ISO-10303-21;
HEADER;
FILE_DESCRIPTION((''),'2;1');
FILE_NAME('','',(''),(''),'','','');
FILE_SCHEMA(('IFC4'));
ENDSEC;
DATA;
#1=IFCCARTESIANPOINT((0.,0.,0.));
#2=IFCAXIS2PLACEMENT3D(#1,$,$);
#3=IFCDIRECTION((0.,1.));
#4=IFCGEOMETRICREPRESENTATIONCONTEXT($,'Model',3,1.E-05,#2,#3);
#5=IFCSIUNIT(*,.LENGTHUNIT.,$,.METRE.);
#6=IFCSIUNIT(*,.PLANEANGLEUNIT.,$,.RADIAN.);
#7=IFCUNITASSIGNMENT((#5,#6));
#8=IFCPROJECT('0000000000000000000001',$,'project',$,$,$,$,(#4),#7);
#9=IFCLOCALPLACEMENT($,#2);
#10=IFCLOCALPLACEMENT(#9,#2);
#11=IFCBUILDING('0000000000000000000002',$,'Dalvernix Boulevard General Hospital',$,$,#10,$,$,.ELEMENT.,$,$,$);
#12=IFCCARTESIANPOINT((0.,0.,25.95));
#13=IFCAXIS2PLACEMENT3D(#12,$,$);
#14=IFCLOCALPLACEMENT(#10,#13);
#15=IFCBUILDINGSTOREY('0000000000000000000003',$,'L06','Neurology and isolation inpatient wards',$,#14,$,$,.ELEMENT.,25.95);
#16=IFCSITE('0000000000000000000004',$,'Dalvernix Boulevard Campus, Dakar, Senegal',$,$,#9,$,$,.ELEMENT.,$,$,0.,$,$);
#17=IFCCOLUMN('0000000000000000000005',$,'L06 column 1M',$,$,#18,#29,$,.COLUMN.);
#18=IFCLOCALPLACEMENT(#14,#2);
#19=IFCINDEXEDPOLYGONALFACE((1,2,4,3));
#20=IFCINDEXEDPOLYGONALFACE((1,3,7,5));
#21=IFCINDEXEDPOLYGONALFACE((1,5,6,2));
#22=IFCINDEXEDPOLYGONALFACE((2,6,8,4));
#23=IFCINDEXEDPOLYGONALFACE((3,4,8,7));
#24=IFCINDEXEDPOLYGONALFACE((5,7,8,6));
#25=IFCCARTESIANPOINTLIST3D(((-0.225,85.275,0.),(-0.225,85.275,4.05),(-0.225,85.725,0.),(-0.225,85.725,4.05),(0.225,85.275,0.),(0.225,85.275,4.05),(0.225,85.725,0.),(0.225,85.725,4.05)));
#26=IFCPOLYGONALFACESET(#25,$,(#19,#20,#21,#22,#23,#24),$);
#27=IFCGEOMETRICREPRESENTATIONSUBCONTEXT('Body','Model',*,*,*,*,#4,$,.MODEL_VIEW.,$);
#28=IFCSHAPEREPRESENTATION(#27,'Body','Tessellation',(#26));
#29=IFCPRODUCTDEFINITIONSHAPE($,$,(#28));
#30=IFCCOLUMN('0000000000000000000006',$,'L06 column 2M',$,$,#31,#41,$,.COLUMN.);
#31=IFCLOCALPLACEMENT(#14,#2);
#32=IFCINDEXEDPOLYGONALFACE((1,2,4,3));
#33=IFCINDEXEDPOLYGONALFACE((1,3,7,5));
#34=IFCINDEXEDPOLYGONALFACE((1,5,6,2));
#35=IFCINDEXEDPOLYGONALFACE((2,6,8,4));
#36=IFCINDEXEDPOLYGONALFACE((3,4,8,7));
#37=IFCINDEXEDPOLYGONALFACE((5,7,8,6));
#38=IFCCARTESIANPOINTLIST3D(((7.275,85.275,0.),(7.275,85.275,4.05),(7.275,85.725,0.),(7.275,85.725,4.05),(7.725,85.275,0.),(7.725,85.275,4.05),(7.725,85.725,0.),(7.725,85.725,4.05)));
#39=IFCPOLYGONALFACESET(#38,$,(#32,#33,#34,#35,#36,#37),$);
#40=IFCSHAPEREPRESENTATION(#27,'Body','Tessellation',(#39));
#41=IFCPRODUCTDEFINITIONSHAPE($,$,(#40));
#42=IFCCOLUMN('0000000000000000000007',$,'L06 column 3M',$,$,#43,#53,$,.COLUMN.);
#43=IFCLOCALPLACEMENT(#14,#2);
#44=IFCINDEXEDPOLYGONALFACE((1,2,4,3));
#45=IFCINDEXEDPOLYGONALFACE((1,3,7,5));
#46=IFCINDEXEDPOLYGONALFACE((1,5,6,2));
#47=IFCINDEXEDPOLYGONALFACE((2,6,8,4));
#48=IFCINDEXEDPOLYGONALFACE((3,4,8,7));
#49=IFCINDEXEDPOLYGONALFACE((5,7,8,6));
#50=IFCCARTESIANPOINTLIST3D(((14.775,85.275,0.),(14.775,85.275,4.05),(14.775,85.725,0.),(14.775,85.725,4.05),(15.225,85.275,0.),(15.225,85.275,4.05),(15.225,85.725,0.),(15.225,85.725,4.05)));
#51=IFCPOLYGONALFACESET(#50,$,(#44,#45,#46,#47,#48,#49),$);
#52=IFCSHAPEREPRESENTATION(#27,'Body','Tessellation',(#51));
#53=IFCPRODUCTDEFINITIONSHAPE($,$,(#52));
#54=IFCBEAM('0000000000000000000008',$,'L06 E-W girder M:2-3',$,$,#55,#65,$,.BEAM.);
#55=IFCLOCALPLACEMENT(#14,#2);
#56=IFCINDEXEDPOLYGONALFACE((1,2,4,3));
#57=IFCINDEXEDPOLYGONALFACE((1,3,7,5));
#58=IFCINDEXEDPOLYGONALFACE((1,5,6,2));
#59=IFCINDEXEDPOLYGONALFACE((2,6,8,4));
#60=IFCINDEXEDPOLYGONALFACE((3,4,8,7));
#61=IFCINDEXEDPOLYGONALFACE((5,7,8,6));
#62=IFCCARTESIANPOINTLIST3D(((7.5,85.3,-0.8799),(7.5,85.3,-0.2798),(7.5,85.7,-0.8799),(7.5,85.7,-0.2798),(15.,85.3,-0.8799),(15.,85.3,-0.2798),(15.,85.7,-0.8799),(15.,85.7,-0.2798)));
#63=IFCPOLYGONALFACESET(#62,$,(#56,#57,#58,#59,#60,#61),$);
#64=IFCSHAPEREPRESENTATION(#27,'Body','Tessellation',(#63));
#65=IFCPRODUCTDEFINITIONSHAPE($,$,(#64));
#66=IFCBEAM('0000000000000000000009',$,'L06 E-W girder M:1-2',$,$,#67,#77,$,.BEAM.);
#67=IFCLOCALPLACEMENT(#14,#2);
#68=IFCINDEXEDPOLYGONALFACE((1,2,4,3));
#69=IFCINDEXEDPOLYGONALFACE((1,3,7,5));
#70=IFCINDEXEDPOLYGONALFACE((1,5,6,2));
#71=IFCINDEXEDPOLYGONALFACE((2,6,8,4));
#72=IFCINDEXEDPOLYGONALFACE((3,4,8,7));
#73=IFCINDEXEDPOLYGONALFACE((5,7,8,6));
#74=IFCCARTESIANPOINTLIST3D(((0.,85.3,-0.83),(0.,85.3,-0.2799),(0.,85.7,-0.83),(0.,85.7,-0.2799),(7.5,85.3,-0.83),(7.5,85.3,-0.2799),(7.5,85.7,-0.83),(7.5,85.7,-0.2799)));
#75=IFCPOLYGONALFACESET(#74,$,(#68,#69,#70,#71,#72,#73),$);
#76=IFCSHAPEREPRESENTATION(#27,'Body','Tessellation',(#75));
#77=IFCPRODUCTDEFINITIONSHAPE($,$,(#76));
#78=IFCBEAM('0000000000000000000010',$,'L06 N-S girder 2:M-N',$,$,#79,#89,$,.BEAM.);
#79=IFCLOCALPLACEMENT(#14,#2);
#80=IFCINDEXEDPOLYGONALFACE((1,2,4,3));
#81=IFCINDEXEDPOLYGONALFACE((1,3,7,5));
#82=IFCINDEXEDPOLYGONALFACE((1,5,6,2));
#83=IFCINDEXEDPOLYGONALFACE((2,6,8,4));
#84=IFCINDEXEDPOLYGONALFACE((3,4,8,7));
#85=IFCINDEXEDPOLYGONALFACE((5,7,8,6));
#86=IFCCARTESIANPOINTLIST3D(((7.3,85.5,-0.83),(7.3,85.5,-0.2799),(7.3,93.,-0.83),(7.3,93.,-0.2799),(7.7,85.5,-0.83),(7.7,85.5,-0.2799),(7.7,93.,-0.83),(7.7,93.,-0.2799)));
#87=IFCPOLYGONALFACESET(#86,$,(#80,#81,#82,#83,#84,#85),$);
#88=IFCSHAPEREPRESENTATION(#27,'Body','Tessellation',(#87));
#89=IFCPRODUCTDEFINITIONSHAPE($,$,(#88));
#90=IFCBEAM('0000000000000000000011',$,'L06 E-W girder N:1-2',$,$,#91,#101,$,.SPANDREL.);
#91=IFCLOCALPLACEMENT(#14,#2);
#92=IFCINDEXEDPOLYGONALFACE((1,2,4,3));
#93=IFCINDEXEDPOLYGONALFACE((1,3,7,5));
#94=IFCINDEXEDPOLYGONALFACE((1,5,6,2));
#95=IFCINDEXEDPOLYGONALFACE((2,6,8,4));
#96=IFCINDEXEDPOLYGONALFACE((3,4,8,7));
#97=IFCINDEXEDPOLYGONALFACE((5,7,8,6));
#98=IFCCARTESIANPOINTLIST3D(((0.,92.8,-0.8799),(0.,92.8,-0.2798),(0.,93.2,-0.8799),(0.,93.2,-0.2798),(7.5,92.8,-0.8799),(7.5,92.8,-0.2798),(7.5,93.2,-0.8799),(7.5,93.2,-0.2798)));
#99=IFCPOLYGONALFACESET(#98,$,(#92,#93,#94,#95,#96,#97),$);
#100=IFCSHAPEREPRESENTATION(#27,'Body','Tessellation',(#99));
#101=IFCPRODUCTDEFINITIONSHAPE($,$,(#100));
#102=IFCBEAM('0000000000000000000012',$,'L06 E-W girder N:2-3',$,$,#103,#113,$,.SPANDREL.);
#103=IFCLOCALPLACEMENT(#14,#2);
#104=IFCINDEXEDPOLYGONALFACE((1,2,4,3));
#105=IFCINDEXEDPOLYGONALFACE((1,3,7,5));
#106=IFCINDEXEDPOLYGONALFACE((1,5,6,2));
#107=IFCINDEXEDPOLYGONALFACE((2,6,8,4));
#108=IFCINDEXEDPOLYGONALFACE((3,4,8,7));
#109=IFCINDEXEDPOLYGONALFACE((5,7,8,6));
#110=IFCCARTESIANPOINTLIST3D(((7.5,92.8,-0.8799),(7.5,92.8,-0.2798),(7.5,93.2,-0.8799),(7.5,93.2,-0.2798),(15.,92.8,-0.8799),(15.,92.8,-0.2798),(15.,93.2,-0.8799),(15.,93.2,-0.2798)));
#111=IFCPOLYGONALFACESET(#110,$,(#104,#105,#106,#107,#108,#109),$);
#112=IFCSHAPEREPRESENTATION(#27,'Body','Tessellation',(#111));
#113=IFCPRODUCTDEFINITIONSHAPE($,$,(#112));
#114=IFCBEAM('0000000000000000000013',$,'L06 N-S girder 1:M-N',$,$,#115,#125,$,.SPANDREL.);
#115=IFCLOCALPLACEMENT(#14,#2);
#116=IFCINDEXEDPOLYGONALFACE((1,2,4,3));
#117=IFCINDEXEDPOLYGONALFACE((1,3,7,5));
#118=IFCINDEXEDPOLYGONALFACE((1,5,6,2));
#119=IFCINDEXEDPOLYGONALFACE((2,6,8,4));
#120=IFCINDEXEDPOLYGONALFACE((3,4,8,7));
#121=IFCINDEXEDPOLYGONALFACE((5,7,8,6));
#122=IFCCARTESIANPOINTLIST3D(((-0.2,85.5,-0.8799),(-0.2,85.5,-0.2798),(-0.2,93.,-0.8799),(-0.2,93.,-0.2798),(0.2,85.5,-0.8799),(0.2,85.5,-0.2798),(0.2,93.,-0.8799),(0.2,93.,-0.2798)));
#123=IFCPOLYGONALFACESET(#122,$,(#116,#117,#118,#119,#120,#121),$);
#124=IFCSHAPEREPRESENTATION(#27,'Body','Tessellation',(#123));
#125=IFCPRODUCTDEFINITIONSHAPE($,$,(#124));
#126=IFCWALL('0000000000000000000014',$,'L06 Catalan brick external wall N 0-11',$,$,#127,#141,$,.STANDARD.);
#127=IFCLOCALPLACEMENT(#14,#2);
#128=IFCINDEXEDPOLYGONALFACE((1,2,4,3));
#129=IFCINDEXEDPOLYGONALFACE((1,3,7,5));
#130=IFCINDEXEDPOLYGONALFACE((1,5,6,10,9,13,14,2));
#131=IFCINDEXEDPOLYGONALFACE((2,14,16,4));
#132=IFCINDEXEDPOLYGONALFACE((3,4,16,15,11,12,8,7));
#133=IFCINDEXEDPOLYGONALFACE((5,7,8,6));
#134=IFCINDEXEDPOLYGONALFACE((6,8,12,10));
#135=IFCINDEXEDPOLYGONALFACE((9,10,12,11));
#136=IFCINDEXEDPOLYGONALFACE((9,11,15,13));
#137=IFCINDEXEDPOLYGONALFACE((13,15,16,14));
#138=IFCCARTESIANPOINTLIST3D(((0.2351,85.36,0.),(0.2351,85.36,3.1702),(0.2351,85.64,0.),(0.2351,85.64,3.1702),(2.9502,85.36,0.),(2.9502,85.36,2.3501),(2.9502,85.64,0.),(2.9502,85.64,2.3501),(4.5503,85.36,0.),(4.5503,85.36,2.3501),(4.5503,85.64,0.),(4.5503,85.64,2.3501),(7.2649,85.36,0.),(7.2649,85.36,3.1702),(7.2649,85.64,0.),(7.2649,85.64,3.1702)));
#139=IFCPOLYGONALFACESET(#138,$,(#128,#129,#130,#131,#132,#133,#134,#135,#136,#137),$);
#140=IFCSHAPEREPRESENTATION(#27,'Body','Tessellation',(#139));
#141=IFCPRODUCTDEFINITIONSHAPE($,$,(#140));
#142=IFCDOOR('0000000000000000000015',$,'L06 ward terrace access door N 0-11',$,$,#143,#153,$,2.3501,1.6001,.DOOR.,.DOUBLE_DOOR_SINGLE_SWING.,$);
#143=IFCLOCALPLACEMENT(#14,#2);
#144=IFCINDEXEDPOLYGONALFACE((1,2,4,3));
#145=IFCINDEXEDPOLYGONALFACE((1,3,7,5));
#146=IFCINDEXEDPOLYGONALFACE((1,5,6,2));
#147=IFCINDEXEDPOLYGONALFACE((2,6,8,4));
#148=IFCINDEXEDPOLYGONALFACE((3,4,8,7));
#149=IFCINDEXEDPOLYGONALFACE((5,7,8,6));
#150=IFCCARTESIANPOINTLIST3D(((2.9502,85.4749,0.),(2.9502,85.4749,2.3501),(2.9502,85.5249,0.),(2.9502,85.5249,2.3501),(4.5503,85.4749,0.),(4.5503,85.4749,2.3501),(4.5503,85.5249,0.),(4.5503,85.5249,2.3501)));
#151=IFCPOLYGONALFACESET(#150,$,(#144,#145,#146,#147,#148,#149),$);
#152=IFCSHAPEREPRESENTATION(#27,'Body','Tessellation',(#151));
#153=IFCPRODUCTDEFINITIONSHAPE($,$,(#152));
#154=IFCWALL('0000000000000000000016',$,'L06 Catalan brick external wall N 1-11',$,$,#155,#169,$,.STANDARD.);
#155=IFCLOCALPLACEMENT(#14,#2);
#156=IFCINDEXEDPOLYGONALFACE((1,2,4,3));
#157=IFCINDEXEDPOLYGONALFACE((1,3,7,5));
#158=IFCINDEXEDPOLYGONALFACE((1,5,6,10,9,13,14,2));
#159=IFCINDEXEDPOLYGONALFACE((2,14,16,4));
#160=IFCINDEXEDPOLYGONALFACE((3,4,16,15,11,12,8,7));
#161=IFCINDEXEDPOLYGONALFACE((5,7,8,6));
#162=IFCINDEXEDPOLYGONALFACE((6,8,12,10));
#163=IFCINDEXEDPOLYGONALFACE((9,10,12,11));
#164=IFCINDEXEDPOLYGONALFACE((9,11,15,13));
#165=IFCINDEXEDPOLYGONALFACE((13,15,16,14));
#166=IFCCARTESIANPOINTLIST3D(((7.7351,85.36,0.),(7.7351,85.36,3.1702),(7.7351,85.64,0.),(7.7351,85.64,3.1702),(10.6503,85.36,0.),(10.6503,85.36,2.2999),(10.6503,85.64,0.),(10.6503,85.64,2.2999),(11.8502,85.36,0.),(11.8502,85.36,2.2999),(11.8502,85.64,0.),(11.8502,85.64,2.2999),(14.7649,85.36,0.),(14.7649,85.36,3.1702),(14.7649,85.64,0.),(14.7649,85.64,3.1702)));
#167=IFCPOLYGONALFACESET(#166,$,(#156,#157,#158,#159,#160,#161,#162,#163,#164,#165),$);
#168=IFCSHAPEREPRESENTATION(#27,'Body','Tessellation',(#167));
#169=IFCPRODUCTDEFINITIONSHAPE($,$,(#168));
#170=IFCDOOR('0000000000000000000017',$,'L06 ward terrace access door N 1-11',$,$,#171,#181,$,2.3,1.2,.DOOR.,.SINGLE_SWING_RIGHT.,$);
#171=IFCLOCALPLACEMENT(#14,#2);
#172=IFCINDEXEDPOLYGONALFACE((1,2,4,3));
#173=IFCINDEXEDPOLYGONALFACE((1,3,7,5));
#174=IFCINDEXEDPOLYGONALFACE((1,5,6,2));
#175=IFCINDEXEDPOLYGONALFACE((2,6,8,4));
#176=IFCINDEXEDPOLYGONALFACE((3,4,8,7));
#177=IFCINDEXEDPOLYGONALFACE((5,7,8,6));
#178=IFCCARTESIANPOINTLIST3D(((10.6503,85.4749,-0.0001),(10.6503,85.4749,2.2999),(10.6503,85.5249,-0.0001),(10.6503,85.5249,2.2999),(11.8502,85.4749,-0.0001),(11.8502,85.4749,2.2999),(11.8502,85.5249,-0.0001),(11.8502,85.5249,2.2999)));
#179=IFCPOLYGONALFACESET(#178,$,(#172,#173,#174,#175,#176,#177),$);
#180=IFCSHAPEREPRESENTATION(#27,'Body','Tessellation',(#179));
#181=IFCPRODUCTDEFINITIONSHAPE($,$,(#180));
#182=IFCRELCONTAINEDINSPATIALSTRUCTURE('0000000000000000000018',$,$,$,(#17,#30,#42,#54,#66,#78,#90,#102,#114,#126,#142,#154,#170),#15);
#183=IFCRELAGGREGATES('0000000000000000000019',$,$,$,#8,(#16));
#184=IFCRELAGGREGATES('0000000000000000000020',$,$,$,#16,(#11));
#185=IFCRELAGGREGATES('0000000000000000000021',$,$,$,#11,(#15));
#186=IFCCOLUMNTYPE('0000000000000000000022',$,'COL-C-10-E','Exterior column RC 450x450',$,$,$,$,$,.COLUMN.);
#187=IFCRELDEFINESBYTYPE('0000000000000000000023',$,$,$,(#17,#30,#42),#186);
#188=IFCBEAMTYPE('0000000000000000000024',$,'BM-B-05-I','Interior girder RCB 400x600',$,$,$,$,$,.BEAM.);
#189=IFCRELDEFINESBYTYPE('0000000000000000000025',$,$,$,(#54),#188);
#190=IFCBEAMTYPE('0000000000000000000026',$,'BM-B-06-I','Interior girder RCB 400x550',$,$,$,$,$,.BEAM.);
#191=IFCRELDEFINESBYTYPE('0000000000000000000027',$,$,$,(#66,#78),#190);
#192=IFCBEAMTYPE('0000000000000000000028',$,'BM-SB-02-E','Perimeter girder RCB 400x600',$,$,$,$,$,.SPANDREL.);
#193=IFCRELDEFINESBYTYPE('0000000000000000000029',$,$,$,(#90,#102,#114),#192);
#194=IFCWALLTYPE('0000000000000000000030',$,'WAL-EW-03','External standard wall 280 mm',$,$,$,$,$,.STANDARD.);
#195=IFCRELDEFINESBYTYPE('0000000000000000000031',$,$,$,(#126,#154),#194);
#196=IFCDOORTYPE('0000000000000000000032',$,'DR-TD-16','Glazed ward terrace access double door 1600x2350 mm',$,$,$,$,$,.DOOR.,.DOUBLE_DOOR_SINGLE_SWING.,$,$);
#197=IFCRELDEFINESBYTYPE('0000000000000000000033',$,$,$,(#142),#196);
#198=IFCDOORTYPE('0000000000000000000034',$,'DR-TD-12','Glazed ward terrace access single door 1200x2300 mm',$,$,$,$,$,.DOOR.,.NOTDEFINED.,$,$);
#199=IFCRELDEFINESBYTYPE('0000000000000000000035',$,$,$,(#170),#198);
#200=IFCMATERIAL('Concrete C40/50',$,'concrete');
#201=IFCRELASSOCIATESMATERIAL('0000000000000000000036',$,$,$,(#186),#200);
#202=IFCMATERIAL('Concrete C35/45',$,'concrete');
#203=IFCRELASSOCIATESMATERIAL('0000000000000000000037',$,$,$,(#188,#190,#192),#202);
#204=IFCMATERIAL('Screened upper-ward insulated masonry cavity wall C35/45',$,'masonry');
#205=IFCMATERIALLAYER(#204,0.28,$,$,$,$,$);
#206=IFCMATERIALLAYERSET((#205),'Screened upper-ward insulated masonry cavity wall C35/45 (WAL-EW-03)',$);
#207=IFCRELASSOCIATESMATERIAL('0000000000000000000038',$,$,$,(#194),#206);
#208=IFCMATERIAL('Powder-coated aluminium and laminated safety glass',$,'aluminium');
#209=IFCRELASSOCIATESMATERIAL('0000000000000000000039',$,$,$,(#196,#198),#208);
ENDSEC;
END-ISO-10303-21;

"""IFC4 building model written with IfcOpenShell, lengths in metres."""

from ifc_helpers import new_model, si_unit, direction, frame, frame_2d, origin, origin_2d, place, context, subcontext, project, spatial, rectangle, extrude, material, layer, layer_set, material_profile, profile_set, type_object, element, fill, save


model = new_model("IFC4")

# Units and contexts
model_context = context("Model", 3, precision=1e-05, world=origin(), true_north=direction((0.0, 1.0)))
body_context = subcontext(model_context, "Body", "Model", "MODEL_VIEW")
ifc_project = project(units=[si_unit("LENGTHUNIT", "METRE"), si_unit("PLANEANGLEUNIT", "RADIAN")], contexts=[model_context])

# Site, building, storey
site_placement = place(None, origin())
site = spatial("IfcSite", under=ifc_project, at=site_placement, Name="Dalvernix Boulevard Campus, Dakar, Senegal", CompositionType="ELEMENT", RefElevation=0.0)
building_placement = place(site_placement, origin())
building = spatial("IfcBuilding", under=site, at=building_placement, Name="Dalvernix Boulevard General Hospital", CompositionType="ELEMENT")
storey_placement = place(building_placement, frame((0.0, 0.0, 25.95)))
storey = spatial("IfcBuildingStorey", under=building, at=storey_placement, Name="L06", Description="Neurology and isolation inpatient wards", CompositionType="ELEMENT", Elevation=25.95)

# Columns
ifc_material_1 = material(Name="Concrete C40/50", Category="concrete")
ifc_material_profile_1 = material_profile(ifc_material_1, rectangle(XDim=0.45, YDim=0.45, at=origin_2d()), Name="RC 450x450")
ifc_profile_set_1 = profile_set([ifc_material_profile_1], Name="Concrete C40/50")
column_type = type_object("IfcColumnType", Name="COL-C-10-E", Description="Exterior column RC 450x450", PredefinedType="COLUMN", material=ifc_profile_set_1)
for number, where, z_axis, x_axis, name in (
    (1, (0.0, 85.5, 0.0), (0.0, 0.0, 1.0), (1.0, 0.0, 0.0), "L06 column 1M"),
    (2, (7.5, 85.5, 0.0), (0.0, 0.0, 1.0), (1.0, 0.0, 0.0), "L06 column 2M"),
    (3, (15.0, 85.5, 0.0), (0.0, 0.0, 1.0), (1.0, 0.0, 0.0), "L06 column 3M"),
):
    element("IfcColumn", number, at=place(storey_placement, frame(where, z_axis=z_axis, x_axis=x_axis)), inside=storey, type_object=column_type, Name=name, PredefinedType="COLUMN", context=body_context, shape_type="SweptSolid", body=[
        extrude(rectangle(XDim=0.45, YDim=0.45, at=origin_2d()), origin(), (0.0, 0.0, 1.0), 4.05),
    ])

# Beams
ifc_material_2 = material(Name="Concrete C35/45", Category="concrete")
ifc_material_profile_2 = material_profile(ifc_material_2, rectangle(XDim=0.3999, YDim=0.6001, at=origin_2d()), Name="RCB 400x600")
ifc_profile_set_2 = profile_set([ifc_material_profile_2], Name="Concrete C35/45")
beam_type_1 = type_object("IfcBeamType", Name="BM-B-05-I", Description="Interior girder RCB 400x600", PredefinedType="BEAM", material=ifc_profile_set_2)
beam_placement = place(storey_placement, frame((7.5, 85.5, -0.5798), z_axis=(1.0, 0.0, 0.0), x_axis=(0.0, 1.0, 0.0)))
element("IfcBeam", 4, at=beam_placement, inside=storey, type_object=beam_type_1, Name="L06 E-W girder M:2-3", PredefinedType="BEAM", context=body_context, shape_type="SweptSolid", body=[
    extrude(rectangle(XDim=0.3999, YDim=0.6001, at=origin_2d()), origin(), (0.0, 0.0, 1.0), 7.5),
])
ifc_material_profile_3 = material_profile(ifc_material_2, rectangle(XDim=0.3999, YDim=0.55, at=origin_2d()), Name="RCB 400x550")
ifc_profile_set_3 = profile_set([ifc_material_profile_3], Name="Concrete C35/45")
beam_type_2 = type_object("IfcBeamType", Name="BM-B-06-I", Description="Interior girder RCB 400x550", PredefinedType="BEAM", material=ifc_profile_set_3)
for number, where, z_axis, x_axis, name in (
    (5, (0.0, 85.5, -0.5549), (1.0, 0.0, 0.0), (0.0, 1.0, 0.0), "L06 E-W girder M:1-2"),
    (6, (7.5, 85.5, -0.5549), (0.0, 1.0, 0.0), (-1.0, 0.0, 0.0), "L06 N-S girder 2:M-N"),
):
    element("IfcBeam", number, at=place(storey_placement, frame(where, z_axis=z_axis, x_axis=x_axis)), inside=storey, type_object=beam_type_2, Name=name, PredefinedType="BEAM", context=body_context, shape_type="SweptSolid", body=[
        extrude(rectangle(XDim=0.3999, YDim=0.55, at=origin_2d()), origin(), (0.0, 0.0, 1.0), 7.5),
    ])
ifc_material_profile_4 = material_profile(ifc_material_2, rectangle(XDim=0.3999, YDim=0.6001, at=origin_2d()), Name="RCB 400x600")
ifc_profile_set_4 = profile_set([ifc_material_profile_4], Name="Concrete C35/45")
beam_type_3 = type_object("IfcBeamType", Name="BM-SB-02-E", Description="Perimeter girder RCB 400x600", PredefinedType="SPANDREL", material=ifc_profile_set_4)
for number, where, z_axis, x_axis, name in (
    (7, (0.0, 93.0, -0.5798), (1.0, 0.0, 0.0), (0.0, 1.0, 0.0), "L06 E-W girder N:1-2"),
    (8, (7.5, 93.0, -0.5798), (1.0, 0.0, 0.0), (0.0, 1.0, 0.0), "L06 E-W girder N:2-3"),
    (9, (0.0, 85.5, -0.5798), (0.0, 1.0, 0.0), (-1.0, 0.0, 0.0), "L06 N-S girder 1:M-N"),
):
    element("IfcBeam", number, at=place(storey_placement, frame(where, z_axis=z_axis, x_axis=x_axis)), inside=storey, type_object=beam_type_3, Name=name, PredefinedType="SPANDREL", context=body_context, shape_type="SweptSolid", body=[
        extrude(rectangle(XDim=0.3999, YDim=0.6001, at=origin_2d()), origin(), (0.0, 0.0, 1.0), 7.5),
    ])

# Walls, openings, doors
ifc_material_3 = material(Name="Screened upper-ward insulated masonry cavity wall C35/45", Category="masonry")
ifc_layer_1 = layer(ifc_material_3, 0.28)
ifc_layer_set_1 = layer_set([ifc_layer_1], Name="Screened upper-ward insulated masonry cavity wall C35/45 (WAL-EW-03)")
wall_type_1 = type_object("IfcWallType", Name="WAL-EW-03", Description="External standard wall 280 mm", PredefinedType="STANDARD", material=ifc_layer_set_1)
wall_1_placement = place(storey_placement, frame((0.2351, 85.5, 0.0), z_axis=(0.0, 0.0, 1.0), x_axis=(1.0, 0.0, 0.0)))
wall_1 = element("IfcWall", 10, at=wall_1_placement, inside=storey, type_object=wall_type_1, Name="L06 Catalan brick external wall N 0-11", PredefinedType="STANDARD", context=body_context, shape_type="SweptSolid", body=[
    extrude(rectangle(XDim=7.0298, YDim=0.28, at=frame_2d((3.5149, 0.0))), origin(), (0.0, 0.0, 1.0), 3.1702),
])
opening_1_placement = place(wall_1_placement, frame((2.7151, 0.0, 0.0)))
opening_1 = element("IfcOpeningElement", 11, at=opening_1_placement, cuts=wall_1, PredefinedType="OPENING", context=body_context, shape_type="SweptSolid", body=[
    extrude(rectangle(XDim=1.6001, YDim=2.3501, at=frame_2d((0.8, 1.175))), frame((0.0, 0.1499, 0.0), z_axis=(0.0, -1.0, 0.0), x_axis=(1.0, 0.0, 0.0)), (0.0, 0.0, 1.0), 0.3),
])
ifc_material_4 = material(Name="Powder-coated aluminium and laminated safety glass", Category="aluminium")
door_type_1 = type_object("IfcDoorType", Name="DR-TD-16", Description="Glazed ward terrace access double door 1600x2350 mm", OperationType="DOUBLE_DOOR_SINGLE_SWING", PredefinedType="DOOR", material=ifc_material_4)
door_1_placement = place(opening_1_placement, origin())
door_1 = element("IfcDoor", 12, at=door_1_placement, inside=storey, type_object=door_type_1, Name="L06 ward terrace access door N 0-11", OperationType="DOUBLE_DOOR_SINGLE_SWING", OverallHeight=2.3501, OverallWidth=1.6001, PredefinedType="DOOR", context=body_context, shape_type="SweptSolid", body=[
    extrude(rectangle(XDim=1.6001, YDim=2.3501, at=frame_2d((0.8, 1.175))), frame((0.0, 0.0249, 0.0), z_axis=(0.0, -1.0, 0.0), x_axis=(1.0, 0.0, 0.0)), (0.0, 0.0, 1.0), 0.05),
])
fill(opening_1, door_1)
wall_2_placement = place(storey_placement, frame((7.7351, 85.5, 0.0), z_axis=(0.0, 0.0, 1.0), x_axis=(1.0, 0.0, 0.0)))
wall_2 = element("IfcWall", 13, at=wall_2_placement, inside=storey, type_object=wall_type_1, Name="L06 Catalan brick external wall N 1-11", PredefinedType="STANDARD", context=body_context, shape_type="SweptSolid", body=[
    extrude(rectangle(XDim=7.0298, YDim=0.28, at=frame_2d((3.5149, 0.0))), origin(), (0.0, 0.0, 1.0), 3.1702),
])
opening_2_placement = place(wall_2_placement, frame((2.915, 0.0, 0.0)))
opening_2 = element("IfcOpeningElement", 14, at=opening_2_placement, cuts=wall_2, PredefinedType="OPENING", context=body_context, shape_type="SweptSolid", body=[
    extrude(rectangle(XDim=1.2, YDim=2.3, at=frame_2d((0.6001, 1.1499))), frame((0.0, 0.1499, 0.0), z_axis=(0.0, -1.0, 0.0), x_axis=(1.0, 0.0, 0.0)), (0.0, 0.0, 1.0), 0.3),
])
door_type_2 = type_object("IfcDoorType", Name="DR-TD-12", Description="Glazed ward terrace access single door 1200x2300 mm", OperationType="NOTDEFINED", PredefinedType="DOOR", material=ifc_material_4)
door_2_placement = place(opening_2_placement, origin())
door_2 = element("IfcDoor", 15, at=door_2_placement, inside=storey, type_object=door_type_2, Name="L06 ward terrace access door N 1-11", OperationType="SINGLE_SWING_RIGHT", OverallHeight=2.3, OverallWidth=1.2, PredefinedType="DOOR", context=body_context, shape_type="SweptSolid", body=[
    extrude(rectangle(XDim=1.2, YDim=2.3, at=frame_2d((0.6001, 1.1499))), frame((0.0, 0.0249, 0.0), z_axis=(0.0, -1.0, 0.0), x_axis=(1.0, 0.0, 0.0)), (0.0, 0.0, 1.0), 0.05),
])
fill(opening_2, door_2)

save(model, "model.ifc")
